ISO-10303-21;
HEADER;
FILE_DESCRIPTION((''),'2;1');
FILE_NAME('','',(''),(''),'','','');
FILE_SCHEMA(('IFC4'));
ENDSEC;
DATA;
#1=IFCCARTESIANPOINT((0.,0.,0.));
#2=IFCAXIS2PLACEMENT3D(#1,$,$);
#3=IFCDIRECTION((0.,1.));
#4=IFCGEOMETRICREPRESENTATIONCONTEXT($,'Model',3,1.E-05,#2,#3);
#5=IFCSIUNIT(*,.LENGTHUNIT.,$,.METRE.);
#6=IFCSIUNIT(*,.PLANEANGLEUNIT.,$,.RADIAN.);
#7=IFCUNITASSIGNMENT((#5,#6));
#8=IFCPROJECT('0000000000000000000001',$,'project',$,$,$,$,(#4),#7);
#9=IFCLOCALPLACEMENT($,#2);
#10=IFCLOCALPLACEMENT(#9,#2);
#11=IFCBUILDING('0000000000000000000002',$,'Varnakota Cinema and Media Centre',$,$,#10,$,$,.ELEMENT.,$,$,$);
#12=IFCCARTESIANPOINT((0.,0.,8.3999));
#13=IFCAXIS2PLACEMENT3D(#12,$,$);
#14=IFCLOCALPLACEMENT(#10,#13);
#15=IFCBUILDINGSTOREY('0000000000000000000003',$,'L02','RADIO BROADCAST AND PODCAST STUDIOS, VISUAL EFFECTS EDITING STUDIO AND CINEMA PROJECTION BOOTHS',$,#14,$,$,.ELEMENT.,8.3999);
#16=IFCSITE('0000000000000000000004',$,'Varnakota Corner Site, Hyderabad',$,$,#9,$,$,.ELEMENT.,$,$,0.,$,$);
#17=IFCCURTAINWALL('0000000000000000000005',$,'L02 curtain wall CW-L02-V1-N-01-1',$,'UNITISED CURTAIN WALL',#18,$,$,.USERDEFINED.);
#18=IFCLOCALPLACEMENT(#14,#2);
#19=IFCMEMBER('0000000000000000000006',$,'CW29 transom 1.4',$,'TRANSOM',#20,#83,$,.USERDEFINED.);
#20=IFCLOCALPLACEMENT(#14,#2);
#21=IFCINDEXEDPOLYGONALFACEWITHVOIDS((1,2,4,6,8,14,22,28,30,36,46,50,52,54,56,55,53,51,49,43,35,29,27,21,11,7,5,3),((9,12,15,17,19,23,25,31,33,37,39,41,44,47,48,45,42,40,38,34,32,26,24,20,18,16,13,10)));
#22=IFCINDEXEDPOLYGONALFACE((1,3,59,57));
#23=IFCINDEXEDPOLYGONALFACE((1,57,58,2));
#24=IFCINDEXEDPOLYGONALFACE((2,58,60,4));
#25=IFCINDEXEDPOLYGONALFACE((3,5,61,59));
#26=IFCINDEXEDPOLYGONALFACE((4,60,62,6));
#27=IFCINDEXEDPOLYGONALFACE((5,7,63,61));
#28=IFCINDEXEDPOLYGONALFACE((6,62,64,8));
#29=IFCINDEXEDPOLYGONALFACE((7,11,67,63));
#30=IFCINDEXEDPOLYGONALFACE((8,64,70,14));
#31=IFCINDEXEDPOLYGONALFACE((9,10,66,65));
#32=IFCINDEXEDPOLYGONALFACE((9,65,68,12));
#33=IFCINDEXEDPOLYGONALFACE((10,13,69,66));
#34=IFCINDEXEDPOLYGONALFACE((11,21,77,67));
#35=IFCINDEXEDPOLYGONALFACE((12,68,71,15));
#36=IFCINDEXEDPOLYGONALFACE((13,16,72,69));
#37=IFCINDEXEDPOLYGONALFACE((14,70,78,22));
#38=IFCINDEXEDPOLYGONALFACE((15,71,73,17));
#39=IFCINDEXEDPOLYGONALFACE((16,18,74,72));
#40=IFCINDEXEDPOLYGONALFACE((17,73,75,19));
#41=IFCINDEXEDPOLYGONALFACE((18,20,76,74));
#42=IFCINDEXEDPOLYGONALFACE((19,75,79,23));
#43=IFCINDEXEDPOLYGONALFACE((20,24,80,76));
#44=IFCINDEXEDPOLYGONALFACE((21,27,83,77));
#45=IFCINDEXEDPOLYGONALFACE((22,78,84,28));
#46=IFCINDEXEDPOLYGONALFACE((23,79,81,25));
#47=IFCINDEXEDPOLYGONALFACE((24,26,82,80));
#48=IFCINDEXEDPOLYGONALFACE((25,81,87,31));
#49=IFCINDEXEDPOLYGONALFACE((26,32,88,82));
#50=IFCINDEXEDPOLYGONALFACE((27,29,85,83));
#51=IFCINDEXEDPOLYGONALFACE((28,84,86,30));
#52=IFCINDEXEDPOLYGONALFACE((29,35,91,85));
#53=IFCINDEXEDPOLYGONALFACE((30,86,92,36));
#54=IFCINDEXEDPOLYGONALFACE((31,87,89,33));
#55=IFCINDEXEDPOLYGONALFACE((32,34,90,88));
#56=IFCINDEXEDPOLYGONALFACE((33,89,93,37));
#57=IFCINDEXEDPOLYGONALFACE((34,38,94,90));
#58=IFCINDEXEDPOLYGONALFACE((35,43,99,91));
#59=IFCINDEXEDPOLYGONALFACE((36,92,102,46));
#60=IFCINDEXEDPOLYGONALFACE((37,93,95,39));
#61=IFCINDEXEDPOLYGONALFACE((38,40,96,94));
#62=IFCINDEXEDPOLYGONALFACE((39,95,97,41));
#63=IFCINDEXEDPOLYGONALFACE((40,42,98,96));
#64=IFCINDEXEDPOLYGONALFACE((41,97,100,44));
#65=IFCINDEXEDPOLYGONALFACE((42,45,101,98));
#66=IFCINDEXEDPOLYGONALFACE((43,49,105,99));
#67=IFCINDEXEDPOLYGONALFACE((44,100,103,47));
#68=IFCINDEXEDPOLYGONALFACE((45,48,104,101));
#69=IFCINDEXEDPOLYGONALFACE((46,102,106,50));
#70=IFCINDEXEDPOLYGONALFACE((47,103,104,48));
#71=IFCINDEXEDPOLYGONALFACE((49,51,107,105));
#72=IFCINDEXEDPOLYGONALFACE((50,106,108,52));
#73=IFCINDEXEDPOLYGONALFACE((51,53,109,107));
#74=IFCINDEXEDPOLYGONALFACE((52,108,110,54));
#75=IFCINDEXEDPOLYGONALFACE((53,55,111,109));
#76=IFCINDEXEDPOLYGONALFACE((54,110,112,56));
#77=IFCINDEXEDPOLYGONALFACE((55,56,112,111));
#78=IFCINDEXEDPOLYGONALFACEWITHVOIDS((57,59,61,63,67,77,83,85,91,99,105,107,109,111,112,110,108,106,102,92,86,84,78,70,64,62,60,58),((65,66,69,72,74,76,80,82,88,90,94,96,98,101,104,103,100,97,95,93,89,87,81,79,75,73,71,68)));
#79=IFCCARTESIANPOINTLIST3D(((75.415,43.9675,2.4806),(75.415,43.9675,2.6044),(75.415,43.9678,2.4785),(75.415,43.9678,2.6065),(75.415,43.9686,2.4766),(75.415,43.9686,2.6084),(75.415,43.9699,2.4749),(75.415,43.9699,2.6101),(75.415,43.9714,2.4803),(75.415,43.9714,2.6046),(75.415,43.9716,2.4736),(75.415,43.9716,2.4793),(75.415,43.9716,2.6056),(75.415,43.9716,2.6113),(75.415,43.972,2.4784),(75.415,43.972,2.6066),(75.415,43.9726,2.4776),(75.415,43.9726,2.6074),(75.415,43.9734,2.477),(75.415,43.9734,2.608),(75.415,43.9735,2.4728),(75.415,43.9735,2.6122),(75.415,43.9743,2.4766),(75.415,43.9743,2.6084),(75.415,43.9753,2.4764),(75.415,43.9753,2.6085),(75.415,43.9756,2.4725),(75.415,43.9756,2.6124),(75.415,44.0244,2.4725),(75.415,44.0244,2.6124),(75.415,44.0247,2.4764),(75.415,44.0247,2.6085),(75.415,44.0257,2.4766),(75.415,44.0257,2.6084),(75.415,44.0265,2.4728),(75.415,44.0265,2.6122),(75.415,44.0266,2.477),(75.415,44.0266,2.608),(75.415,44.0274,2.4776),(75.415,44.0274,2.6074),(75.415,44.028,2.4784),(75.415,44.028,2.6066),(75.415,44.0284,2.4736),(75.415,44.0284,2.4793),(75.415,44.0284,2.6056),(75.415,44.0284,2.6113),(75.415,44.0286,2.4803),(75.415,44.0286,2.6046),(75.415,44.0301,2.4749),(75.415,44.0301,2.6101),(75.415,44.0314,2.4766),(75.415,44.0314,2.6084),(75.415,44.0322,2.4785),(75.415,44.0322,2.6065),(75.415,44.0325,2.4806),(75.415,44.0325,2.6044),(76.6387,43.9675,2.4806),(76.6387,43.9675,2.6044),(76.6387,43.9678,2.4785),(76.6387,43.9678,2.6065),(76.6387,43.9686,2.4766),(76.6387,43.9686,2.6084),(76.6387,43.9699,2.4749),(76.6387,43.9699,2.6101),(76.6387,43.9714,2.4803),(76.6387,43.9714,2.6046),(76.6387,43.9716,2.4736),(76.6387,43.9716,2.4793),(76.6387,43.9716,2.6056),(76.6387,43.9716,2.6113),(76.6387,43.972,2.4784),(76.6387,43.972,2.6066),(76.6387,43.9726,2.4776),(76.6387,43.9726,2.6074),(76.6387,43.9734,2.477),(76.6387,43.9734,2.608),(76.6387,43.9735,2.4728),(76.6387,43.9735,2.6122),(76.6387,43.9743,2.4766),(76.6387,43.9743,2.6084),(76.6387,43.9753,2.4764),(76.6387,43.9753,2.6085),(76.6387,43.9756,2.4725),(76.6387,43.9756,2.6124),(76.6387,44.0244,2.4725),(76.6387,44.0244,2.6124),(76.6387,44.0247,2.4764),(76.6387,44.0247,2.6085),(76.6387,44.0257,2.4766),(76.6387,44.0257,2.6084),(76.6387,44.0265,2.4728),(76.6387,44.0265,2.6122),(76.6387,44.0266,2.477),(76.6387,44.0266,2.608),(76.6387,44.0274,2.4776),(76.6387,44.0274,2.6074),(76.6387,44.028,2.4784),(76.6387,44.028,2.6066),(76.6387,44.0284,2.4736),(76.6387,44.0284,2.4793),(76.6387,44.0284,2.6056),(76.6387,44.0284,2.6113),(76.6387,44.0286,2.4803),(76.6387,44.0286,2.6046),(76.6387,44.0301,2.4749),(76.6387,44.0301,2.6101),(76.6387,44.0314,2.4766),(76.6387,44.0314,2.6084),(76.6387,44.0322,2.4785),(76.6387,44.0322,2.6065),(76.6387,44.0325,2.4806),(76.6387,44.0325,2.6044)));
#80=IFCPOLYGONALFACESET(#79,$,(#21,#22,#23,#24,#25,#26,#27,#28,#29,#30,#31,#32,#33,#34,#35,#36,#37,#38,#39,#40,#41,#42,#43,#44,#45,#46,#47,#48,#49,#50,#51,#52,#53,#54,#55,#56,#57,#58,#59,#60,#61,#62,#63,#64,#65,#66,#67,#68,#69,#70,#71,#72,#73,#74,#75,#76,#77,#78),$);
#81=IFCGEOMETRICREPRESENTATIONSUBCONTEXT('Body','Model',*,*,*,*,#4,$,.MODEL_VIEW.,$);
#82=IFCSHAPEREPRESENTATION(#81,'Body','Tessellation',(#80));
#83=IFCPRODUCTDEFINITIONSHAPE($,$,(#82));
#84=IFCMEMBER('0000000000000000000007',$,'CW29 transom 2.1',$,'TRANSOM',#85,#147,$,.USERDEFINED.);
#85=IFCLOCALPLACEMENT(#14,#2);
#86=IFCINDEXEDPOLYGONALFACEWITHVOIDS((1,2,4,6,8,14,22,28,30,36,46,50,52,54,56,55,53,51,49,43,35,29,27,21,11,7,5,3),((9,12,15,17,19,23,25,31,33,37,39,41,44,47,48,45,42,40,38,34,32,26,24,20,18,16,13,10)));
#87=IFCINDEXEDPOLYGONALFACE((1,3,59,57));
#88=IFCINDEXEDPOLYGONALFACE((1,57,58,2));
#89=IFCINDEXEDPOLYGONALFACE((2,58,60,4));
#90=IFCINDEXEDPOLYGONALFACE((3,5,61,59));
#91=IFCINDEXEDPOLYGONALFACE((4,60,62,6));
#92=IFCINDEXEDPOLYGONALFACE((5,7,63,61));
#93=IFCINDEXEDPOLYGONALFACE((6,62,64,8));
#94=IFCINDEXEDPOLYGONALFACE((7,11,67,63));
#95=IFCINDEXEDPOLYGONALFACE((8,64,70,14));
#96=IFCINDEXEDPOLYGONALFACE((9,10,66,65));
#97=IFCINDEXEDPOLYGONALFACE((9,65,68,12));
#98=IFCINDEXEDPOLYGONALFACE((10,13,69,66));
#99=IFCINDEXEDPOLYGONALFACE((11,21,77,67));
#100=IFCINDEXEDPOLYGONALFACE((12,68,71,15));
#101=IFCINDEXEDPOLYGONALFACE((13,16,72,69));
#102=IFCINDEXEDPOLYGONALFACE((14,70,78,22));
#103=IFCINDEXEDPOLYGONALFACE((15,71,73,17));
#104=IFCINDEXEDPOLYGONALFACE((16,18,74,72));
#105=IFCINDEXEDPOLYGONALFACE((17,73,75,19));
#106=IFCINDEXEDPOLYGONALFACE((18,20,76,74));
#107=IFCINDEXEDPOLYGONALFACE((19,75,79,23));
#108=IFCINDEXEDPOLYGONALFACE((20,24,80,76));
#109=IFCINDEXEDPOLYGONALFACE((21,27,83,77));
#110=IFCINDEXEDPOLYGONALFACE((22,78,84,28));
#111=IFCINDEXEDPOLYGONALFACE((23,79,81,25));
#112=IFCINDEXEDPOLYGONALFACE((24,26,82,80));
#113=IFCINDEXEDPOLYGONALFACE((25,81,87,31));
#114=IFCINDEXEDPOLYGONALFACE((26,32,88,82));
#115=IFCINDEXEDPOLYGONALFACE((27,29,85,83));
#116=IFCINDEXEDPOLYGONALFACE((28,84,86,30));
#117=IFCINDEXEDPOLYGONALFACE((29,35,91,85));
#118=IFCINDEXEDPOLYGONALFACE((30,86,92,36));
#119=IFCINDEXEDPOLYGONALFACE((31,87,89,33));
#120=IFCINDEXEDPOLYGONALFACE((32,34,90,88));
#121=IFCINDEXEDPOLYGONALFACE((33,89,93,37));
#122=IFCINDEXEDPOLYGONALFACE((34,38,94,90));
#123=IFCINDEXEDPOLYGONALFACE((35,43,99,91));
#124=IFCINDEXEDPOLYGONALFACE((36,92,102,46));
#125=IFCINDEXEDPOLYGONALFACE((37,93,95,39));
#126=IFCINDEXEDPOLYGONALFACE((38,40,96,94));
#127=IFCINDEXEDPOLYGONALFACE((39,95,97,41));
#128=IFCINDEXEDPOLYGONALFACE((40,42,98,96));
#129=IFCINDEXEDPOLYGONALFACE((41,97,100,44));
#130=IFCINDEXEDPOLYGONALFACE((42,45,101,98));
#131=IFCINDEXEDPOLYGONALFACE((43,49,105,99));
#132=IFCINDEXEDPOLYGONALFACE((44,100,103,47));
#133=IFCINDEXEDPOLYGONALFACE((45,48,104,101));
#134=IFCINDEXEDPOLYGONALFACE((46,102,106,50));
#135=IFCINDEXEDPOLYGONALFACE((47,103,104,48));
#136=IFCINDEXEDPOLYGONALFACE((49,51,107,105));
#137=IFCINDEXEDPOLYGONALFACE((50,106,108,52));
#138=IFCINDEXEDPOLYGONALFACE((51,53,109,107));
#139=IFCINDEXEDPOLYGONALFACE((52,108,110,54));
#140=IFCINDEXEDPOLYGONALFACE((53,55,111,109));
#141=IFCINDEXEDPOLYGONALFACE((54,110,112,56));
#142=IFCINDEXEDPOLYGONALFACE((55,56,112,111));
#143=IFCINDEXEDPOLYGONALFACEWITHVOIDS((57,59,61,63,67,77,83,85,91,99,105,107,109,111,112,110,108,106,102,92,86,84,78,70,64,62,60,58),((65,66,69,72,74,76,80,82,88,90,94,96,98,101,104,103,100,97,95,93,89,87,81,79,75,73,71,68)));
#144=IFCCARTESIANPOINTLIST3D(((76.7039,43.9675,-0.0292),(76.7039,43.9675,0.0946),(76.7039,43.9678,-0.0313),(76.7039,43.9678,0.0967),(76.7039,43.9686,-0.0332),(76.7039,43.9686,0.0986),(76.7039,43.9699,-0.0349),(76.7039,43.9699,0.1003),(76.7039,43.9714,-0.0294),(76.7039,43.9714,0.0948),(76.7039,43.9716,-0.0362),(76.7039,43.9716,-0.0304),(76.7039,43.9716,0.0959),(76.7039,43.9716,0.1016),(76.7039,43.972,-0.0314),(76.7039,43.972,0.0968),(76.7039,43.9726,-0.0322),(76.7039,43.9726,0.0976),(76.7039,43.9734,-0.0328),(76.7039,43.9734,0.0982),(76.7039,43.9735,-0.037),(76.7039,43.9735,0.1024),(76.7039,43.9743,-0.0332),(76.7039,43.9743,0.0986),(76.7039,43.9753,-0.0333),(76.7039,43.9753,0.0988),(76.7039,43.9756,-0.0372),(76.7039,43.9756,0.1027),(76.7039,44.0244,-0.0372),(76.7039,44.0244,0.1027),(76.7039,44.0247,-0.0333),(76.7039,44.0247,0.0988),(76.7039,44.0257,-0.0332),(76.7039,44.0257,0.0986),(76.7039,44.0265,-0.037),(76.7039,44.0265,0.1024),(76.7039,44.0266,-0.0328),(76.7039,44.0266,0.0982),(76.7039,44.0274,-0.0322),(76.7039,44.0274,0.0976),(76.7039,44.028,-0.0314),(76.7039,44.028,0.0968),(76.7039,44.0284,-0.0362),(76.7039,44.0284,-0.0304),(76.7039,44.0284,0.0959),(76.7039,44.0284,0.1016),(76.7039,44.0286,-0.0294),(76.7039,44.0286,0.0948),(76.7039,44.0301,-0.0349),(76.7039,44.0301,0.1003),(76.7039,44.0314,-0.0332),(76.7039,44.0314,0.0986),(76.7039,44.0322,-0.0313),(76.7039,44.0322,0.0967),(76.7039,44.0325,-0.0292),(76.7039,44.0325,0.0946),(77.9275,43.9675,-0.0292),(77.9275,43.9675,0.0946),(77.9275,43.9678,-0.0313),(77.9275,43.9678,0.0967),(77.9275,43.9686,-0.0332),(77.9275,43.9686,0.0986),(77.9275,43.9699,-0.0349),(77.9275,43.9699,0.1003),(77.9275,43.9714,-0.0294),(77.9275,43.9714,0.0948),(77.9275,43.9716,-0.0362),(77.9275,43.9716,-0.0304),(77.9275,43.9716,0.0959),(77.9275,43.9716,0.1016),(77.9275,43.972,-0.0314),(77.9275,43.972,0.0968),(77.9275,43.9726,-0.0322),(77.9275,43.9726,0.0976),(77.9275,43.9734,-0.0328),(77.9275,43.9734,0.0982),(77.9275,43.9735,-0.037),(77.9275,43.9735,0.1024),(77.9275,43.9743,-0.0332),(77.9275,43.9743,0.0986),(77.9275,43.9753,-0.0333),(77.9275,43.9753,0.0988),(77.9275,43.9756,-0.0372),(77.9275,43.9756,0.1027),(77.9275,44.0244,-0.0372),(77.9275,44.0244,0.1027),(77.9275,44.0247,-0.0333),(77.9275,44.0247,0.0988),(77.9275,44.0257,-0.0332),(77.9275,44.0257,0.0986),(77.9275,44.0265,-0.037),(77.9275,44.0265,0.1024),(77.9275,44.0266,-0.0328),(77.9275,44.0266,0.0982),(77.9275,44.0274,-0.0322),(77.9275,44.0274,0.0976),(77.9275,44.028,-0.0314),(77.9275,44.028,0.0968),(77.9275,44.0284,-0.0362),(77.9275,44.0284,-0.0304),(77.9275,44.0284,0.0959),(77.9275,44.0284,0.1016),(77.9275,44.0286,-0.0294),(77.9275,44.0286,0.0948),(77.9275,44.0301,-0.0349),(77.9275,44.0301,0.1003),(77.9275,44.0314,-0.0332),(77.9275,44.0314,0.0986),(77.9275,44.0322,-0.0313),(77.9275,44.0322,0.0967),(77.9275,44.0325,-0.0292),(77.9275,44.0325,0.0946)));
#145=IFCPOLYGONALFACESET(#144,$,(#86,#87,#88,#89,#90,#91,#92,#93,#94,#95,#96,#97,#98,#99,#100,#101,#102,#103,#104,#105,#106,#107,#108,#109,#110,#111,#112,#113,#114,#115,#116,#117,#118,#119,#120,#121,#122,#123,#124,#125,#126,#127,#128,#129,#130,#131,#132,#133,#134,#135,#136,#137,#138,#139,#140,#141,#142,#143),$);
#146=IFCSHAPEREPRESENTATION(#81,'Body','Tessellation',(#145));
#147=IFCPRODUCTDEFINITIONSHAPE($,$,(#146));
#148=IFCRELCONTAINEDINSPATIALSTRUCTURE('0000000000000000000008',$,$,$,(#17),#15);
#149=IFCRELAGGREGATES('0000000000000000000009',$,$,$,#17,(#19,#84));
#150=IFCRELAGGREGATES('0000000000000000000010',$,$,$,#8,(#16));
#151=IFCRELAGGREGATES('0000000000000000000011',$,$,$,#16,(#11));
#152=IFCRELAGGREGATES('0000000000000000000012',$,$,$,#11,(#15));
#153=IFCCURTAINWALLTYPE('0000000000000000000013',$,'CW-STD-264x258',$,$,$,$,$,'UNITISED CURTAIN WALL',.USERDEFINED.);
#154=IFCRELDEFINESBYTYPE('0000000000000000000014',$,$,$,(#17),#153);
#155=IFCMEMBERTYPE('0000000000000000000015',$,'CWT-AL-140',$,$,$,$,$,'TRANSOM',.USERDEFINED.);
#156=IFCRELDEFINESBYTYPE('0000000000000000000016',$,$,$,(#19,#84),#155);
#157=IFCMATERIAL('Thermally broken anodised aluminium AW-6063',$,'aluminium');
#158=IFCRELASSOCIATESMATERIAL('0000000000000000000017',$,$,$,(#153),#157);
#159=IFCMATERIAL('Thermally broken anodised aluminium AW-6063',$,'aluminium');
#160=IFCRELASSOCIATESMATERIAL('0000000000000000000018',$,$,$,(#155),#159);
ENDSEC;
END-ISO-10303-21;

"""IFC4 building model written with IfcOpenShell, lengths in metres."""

from ifc_helpers import new_model, si_unit, direction, frame, origin, origin_2d, place, context, subcontext, project, spatial, hollow_rectangle, extrude, material, material_profile, profile_set, type_object, element, aggregate, save


model = new_model("IFC4")

# Units and contexts
model_context = context("Model", 3, precision=1e-05, world=origin(), true_north=direction((0.0, 1.0)))
body_context = subcontext(model_context, "Body", "Model", "MODEL_VIEW")
ifc_project = project(units=[si_unit("LENGTHUNIT", "METRE"), si_unit("PLANEANGLEUNIT", "RADIAN")], contexts=[model_context])

# Site, building, storey
site_placement = place(None, origin())
site = spatial("IfcSite", under=ifc_project, at=site_placement, Name="Varnakota Corner Site, Hyderabad", CompositionType="ELEMENT", RefElevation=0.0)
building_placement = place(site_placement, origin())
building = spatial("IfcBuilding", under=site, at=building_placement, Name="Varnakota Cinema and Media Centre", CompositionType="ELEMENT")
storey_placement = place(building_placement, frame((0.0, 0.0, 8.3999)))
storey = spatial("IfcBuildingStorey", under=building, at=storey_placement, Name="L02", Description="RADIO BROADCAST AND PODCAST STUDIOS, VISUAL EFFECTS EDITING STUDIO AND CINEMA PROJECTION BOOTHS", CompositionType="ELEMENT", Elevation=8.3999)

# Curtain wall, members
ifc_material_1 = material(Name="Thermally broken anodised aluminium AW-6063", Category="aluminium")
curtain_wall_type = type_object("IfcCurtainWallType", Name="CW-STD-264x258", ElementType="UNITISED CURTAIN WALL", PredefinedType="USERDEFINED", material=ifc_material_1)
curtain_wall_placement = place(storey_placement, origin())
curtain_wall = element("IfcCurtainWall", 1, at=curtain_wall_placement, inside=storey, type_object=curtain_wall_type, Name="L02 curtain wall CW-L02-V1-N-01-1", ObjectType="UNITISED CURTAIN WALL", PredefinedType="USERDEFINED")
ifc_material_2 = material(Name="Thermally broken anodised aluminium AW-6063", Category="aluminium")
ifc_material_profile_1 = material_profile(ifc_material_2, hollow_rectangle(XDim=0.0649, YDim=0.1399, WallThickness=0.0039, InnerFilletRadius=0.0039, OuterFilletRadius=0.0081, at=origin_2d()), Name="AL-TRANSOM 140x65x4")
ifc_profile_set_1 = profile_set([ifc_material_profile_1], Name="Thermally broken anodised aluminium AW-6063")
member_type_1 = type_object("IfcMemberType", Name="CWT-AL-140", ElementType="TRANSOM", PredefinedType="USERDEFINED", material=ifc_profile_set_1)
member_1_placement = place(storey_placement, frame((75.415, 44.0, 2.5425), z_axis=(1.0, 0.0, 0.0), x_axis=(0.0, 1.0, 0.0)))
member_1 = element("IfcMember", 2, at=member_1_placement, type_object=member_type_1, Name="CW29 transom 1.4", ObjectType="TRANSOM", PredefinedType="USERDEFINED", context=body_context, shape_type="SweptSolid", body=[
    extrude(hollow_rectangle(XDim=0.0649, YDim=0.1399, WallThickness=0.0039, InnerFilletRadius=0.0039, OuterFilletRadius=0.0081, at=origin_2d()), origin(), (0.0, 0.0, 1.0), 1.2236),
])
member_2_placement = place(storey_placement, frame((76.7039, 44.0, 0.0327), z_axis=(1.0, 0.0, 0.0), x_axis=(0.0, 1.0, 0.0)))
member_2 = element("IfcMember", 3, at=member_2_placement, type_object=member_type_1, Name="CW29 transom 2.1", ObjectType="TRANSOM", PredefinedType="USERDEFINED", context=body_context, shape_type="SweptSolid", body=[
    extrude(hollow_rectangle(XDim=0.0649, YDim=0.1399, WallThickness=0.0039, InnerFilletRadius=0.0039, OuterFilletRadius=0.0081, at=origin_2d()), origin(), (0.0, 0.0, 1.0), 1.2236),
])
aggregate(curtain_wall, [member_1, member_2])

save(model, "model.ifc")
